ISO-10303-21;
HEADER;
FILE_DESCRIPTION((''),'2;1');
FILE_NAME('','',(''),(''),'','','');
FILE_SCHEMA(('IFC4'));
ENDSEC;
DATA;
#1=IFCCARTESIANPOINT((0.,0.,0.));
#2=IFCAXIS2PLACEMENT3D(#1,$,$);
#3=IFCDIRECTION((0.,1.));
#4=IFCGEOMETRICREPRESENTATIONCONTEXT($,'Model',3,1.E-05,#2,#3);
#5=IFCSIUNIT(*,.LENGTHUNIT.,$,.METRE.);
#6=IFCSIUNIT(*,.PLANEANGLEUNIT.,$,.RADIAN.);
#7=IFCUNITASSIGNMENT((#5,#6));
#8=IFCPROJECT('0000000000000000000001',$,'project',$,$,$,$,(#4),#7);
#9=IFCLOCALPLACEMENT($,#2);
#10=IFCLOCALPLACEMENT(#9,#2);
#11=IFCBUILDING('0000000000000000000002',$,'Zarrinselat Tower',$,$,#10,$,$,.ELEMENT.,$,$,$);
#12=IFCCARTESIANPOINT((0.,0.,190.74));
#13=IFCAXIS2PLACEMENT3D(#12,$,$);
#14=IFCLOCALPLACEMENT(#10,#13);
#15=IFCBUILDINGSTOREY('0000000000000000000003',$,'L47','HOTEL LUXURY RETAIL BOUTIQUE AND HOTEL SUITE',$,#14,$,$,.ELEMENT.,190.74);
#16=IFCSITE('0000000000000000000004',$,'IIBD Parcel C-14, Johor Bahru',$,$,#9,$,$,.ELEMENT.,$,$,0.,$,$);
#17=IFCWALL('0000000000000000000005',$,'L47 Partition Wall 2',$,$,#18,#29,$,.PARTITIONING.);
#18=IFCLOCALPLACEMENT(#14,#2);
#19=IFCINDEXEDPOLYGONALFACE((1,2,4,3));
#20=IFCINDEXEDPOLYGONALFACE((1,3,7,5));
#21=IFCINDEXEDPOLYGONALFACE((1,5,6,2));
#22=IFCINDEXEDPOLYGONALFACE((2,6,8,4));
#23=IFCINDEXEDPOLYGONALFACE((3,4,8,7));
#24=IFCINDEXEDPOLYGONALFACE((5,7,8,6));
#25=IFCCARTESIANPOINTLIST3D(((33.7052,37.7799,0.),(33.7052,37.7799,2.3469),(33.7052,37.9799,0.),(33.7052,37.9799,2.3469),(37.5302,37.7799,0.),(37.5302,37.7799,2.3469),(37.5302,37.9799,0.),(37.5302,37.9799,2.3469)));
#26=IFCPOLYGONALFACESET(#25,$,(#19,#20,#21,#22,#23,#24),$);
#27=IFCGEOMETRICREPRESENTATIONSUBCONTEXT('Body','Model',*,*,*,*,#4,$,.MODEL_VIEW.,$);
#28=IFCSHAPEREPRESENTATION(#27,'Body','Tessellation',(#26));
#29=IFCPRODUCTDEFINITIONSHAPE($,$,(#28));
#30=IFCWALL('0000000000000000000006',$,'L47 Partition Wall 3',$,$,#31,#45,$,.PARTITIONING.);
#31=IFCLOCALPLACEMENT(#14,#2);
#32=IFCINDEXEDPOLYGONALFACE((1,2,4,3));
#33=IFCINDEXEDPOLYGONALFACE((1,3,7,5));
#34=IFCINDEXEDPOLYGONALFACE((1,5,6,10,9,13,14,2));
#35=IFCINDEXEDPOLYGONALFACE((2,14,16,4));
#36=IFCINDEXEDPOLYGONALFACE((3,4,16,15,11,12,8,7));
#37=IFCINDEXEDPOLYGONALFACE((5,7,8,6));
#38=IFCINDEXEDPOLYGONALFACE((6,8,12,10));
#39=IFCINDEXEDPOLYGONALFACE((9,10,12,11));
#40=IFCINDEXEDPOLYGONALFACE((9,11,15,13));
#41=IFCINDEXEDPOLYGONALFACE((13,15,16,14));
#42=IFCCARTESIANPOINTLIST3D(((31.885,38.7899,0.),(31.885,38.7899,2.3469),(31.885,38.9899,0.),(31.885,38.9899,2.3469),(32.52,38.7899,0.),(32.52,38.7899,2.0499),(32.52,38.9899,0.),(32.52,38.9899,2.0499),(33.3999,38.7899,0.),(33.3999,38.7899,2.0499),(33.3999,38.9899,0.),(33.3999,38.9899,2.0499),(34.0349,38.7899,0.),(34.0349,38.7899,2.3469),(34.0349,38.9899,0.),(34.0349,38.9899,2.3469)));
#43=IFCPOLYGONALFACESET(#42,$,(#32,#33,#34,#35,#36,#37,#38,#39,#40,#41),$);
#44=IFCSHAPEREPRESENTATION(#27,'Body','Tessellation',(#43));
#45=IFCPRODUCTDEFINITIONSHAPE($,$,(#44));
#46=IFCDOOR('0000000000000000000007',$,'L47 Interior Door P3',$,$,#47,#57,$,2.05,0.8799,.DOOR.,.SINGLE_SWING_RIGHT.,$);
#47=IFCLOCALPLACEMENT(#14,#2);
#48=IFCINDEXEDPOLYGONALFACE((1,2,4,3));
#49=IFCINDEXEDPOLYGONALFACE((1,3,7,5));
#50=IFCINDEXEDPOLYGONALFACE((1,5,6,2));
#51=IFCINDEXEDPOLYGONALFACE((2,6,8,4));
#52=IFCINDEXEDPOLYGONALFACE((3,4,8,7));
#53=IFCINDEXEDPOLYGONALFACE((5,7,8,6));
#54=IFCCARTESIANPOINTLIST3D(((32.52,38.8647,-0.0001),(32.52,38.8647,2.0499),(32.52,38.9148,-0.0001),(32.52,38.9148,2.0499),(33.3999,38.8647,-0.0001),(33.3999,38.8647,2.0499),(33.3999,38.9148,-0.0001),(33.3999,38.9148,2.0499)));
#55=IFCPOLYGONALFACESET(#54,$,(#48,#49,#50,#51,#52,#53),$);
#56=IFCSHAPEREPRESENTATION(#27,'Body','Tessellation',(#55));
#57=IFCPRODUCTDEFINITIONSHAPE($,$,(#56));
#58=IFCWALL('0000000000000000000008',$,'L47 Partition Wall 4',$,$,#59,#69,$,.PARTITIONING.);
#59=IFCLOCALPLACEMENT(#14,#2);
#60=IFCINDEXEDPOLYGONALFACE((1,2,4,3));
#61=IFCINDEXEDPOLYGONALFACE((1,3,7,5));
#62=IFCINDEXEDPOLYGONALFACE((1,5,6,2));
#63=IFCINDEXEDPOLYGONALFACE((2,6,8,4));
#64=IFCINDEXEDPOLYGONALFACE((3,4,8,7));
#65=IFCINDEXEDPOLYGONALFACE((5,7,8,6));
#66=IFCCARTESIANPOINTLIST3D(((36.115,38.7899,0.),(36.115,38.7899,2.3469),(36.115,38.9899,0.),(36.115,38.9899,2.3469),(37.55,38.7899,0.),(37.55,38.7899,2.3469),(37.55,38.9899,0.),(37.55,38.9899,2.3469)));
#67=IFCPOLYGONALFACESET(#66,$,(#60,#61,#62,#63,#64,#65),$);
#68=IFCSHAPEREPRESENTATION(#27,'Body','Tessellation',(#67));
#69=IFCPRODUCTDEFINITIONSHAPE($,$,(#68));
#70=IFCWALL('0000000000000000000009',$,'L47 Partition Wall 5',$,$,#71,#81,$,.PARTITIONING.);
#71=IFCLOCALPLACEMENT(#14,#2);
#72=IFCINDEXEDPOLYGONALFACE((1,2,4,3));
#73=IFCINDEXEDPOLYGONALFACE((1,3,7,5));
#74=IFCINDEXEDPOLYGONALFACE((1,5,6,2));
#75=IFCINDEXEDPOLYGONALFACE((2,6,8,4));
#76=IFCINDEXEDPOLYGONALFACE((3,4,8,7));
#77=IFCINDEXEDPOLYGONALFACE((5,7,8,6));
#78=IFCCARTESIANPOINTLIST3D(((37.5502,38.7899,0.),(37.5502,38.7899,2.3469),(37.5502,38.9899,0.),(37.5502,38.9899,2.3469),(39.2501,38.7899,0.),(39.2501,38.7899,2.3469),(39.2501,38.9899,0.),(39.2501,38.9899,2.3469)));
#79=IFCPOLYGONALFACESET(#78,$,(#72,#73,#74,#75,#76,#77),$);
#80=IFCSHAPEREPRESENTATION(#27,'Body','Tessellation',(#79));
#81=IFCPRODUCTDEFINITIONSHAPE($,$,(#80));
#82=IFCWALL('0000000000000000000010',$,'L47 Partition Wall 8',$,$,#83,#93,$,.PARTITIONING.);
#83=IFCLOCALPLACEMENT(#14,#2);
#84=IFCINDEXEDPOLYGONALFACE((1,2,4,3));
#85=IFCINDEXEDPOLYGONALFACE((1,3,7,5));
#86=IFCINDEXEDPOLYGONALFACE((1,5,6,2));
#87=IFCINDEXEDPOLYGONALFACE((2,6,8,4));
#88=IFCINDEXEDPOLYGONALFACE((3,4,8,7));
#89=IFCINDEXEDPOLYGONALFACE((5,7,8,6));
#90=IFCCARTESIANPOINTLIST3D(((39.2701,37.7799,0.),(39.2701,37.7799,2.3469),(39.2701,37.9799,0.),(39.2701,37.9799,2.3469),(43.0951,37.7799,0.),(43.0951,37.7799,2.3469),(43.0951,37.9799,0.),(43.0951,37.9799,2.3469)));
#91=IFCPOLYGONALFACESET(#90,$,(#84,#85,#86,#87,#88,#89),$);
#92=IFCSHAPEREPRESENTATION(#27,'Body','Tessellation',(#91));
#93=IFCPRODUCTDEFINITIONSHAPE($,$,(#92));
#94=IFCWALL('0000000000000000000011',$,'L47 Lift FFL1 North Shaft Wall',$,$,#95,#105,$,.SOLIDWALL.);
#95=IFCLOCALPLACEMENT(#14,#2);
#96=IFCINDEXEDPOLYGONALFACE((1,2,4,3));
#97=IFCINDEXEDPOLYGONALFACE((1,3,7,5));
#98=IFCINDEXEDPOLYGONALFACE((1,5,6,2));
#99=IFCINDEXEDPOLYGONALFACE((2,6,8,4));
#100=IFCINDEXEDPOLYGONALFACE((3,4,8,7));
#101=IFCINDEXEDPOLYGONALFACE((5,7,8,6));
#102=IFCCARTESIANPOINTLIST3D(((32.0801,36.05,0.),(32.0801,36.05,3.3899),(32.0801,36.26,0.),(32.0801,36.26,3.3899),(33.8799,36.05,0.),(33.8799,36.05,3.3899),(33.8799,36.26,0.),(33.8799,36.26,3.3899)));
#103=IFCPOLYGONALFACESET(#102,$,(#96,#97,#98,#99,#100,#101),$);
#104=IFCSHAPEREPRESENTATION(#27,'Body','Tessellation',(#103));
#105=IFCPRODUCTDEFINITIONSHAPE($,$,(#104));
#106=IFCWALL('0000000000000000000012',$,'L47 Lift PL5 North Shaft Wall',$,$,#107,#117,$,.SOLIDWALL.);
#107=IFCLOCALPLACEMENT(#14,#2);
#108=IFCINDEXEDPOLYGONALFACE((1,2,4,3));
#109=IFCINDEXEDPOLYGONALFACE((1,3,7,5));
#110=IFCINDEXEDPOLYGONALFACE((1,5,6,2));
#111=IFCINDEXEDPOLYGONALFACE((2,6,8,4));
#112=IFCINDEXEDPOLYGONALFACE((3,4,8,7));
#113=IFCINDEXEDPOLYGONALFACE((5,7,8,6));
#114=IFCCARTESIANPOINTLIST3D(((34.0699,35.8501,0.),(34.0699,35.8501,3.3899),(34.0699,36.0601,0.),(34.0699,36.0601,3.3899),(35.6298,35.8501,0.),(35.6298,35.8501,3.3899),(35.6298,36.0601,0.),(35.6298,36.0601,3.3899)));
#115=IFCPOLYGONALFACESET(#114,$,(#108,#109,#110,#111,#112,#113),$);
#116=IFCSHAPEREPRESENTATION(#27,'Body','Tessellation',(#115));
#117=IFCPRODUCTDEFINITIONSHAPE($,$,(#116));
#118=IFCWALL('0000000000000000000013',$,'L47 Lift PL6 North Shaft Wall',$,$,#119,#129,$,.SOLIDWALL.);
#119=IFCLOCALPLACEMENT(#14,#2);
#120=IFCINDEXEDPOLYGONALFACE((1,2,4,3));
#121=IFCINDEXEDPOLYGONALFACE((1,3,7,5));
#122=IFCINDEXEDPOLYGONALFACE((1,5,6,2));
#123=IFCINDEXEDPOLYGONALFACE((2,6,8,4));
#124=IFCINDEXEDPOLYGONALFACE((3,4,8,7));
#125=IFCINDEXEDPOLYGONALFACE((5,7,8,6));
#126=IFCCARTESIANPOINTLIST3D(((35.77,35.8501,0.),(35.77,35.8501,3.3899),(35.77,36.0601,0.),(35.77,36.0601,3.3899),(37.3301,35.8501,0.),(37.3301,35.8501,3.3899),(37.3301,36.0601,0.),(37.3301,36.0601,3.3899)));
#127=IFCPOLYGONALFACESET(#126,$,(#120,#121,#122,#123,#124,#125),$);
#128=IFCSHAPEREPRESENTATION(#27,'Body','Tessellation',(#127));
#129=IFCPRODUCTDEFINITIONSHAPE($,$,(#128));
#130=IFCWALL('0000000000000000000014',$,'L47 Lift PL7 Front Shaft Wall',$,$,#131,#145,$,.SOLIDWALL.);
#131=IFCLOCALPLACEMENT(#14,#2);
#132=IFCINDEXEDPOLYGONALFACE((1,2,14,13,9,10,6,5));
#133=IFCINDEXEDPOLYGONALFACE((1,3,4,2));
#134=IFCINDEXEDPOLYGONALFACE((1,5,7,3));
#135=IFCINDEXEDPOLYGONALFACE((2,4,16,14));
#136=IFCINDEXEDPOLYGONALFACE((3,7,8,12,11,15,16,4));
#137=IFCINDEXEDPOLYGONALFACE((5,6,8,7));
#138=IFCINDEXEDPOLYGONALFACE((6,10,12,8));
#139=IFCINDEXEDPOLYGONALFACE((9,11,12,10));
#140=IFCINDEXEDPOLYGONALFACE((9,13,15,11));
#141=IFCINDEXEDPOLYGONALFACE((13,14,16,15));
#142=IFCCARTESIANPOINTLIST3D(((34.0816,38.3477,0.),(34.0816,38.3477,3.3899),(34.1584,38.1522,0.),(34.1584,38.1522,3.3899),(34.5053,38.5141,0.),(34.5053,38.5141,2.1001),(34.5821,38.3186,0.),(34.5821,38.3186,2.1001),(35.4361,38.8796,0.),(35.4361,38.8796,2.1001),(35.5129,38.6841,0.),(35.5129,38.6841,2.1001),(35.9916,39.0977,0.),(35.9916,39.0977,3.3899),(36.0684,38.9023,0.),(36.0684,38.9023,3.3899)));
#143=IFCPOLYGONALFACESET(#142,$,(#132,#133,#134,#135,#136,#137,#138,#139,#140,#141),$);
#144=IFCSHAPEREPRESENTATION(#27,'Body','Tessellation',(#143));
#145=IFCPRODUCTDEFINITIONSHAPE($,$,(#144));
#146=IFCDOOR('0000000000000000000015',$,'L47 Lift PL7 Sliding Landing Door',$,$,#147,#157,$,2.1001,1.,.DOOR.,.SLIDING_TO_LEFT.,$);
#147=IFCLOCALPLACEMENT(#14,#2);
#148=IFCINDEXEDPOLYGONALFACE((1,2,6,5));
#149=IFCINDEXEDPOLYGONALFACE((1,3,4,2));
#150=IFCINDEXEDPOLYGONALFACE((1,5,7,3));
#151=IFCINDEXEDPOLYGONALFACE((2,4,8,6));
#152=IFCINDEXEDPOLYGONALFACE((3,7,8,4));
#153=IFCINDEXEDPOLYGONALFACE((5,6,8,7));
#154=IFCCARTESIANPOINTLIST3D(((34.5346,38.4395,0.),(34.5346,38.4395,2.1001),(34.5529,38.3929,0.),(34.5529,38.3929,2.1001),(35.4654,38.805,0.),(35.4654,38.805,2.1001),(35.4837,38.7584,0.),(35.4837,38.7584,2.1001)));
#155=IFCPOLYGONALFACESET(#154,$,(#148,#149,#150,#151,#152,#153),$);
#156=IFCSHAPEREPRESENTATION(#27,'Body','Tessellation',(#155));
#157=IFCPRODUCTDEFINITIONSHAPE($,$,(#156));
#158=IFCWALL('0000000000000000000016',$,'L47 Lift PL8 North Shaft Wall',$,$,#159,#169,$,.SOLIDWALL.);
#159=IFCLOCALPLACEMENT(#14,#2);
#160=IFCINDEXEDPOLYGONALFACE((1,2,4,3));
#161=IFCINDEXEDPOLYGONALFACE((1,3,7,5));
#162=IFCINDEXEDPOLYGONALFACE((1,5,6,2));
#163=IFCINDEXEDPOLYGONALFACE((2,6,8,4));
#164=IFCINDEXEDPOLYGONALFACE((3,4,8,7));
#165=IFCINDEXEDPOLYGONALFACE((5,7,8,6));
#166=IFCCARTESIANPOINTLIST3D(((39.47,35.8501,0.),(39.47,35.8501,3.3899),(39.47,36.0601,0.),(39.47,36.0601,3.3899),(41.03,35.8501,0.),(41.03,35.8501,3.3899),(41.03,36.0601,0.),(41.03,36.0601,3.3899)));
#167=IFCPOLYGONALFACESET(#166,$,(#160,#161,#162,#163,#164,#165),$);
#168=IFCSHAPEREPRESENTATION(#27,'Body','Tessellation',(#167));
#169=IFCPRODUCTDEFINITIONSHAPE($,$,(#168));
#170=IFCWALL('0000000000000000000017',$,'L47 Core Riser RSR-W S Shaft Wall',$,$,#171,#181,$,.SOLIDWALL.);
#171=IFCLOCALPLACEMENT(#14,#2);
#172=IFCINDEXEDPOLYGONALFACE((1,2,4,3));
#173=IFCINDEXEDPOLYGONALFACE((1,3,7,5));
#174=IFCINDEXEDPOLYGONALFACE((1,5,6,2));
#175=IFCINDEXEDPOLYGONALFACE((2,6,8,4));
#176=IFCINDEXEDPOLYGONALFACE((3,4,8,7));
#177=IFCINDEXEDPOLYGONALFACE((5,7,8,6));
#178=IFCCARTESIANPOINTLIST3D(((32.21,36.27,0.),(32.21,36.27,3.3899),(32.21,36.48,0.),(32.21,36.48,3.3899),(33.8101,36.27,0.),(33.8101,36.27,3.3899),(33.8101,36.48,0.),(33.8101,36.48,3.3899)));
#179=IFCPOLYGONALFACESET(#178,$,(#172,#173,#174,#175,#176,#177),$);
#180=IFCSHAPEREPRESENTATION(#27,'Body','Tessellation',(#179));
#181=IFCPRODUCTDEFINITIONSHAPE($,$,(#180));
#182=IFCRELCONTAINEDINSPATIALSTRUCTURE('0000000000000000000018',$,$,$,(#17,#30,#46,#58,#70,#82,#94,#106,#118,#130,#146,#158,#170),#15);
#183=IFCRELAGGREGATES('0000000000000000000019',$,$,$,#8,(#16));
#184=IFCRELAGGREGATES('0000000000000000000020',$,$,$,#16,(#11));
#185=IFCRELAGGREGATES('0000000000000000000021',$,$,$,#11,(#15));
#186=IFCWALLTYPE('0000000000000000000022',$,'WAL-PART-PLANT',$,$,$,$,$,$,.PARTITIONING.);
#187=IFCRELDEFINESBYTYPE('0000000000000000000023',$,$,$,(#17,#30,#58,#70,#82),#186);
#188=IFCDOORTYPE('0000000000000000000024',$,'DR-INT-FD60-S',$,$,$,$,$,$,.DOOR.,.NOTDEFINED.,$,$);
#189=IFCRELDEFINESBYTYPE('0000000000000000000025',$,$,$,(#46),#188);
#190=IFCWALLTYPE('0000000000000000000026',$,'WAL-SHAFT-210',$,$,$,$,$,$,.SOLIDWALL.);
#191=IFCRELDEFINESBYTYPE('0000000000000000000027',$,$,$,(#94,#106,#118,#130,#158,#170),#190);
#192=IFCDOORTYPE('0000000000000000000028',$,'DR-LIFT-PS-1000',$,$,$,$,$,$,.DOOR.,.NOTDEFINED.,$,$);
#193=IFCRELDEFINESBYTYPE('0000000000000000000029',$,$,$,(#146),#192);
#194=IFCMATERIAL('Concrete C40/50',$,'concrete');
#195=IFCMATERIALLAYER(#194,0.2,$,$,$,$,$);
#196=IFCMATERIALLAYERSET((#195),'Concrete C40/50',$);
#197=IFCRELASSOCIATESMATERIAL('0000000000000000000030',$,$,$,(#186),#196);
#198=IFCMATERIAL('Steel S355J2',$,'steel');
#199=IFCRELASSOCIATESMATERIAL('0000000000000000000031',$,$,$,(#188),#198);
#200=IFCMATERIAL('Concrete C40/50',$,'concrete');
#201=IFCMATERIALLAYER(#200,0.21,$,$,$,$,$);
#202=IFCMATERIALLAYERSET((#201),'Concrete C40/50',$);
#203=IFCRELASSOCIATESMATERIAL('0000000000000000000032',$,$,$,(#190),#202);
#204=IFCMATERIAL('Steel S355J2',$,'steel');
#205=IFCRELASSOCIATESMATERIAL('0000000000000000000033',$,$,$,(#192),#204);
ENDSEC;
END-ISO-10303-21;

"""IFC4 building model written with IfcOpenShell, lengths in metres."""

from ifc_helpers import new_model, si_unit, direction, frame, frame_2d, origin, place, context, subcontext, project, spatial, rectangle, extrude, material, layer, layer_set, type_object, element, fill, save


model = new_model("IFC4")

# Units and contexts
model_context = context("Model", 3, precision=1e-05, world=origin(), true_north=direction((0.0, 1.0)))
body_context = subcontext(model_context, "Body", "Model", "MODEL_VIEW")
ifc_project = project(units=[si_unit("LENGTHUNIT", "METRE"), si_unit("PLANEANGLEUNIT", "RADIAN")], contexts=[model_context])

# Site, building, storey
site_placement = place(None, origin())
site = spatial("IfcSite", under=ifc_project, at=site_placement, Name="IIBD Parcel C-14, Johor Bahru", CompositionType="ELEMENT", RefElevation=0.0)
building_placement = place(site_placement, origin())
building = spatial("IfcBuilding", under=site, at=building_placement, Name="Zarrinselat Tower", CompositionType="ELEMENT")
storey_placement = place(building_placement, frame((0.0, 0.0, 190.74)))
storey = spatial("IfcBuildingStorey", under=building, at=storey_placement, Name="L47", Description="HOTEL LUXURY RETAIL BOUTIQUE AND HOTEL SUITE", CompositionType="ELEMENT", Elevation=190.74)

# Wall
ifc_material_1 = material(Name="Concrete C40/50", Category="concrete")
ifc_layer_1 = layer(ifc_material_1, 0.2)
ifc_layer_set_1 = layer_set([ifc_layer_1], Name="Concrete C40/50")
wall_type_1 = type_object("IfcWallType", Name="WAL-PART-PLANT", PredefinedType="PARTITIONING", material=ifc_layer_set_1)
wall_1_placement = place(storey_placement, frame((33.7051, 37.8799, 0.0), z_axis=(0.0, 0.0, 1.0), x_axis=(1.0, 0.0, 0.0)))
element("IfcWall", 1, at=wall_1_placement, inside=storey, type_object=wall_type_1, Name="L47 Partition Wall 2", PredefinedType="PARTITIONING", context=body_context, shape_type="SweptSolid", body=[
    extrude(rectangle(XDim=3.825, YDim=0.2, at=frame_2d((1.9126, 0.0))), origin(), (0.0, 0.0, 1.0), 2.3469),
])

# Wall, opening, door
wall_2_placement = place(storey_placement, frame((31.885, 38.8899, 0.0), z_axis=(0.0, 0.0, 1.0), x_axis=(1.0, 0.0, 0.0)))
wall_2 = element("IfcWall", 2, at=wall_2_placement, inside=storey, type_object=wall_type_1, Name="L47 Partition Wall 3", PredefinedType="PARTITIONING", context=body_context, shape_type="SweptSolid", body=[
    extrude(rectangle(XDim=2.1499, YDim=0.2, at=frame_2d((1.075, 0.0))), origin(), (0.0, 0.0, 1.0), 2.3469),
])
opening_1_placement = place(wall_2_placement, frame((0.635, 0.0, 0.0)))
opening_1 = element("IfcOpeningElement", 3, at=opening_1_placement, cuts=wall_2, PredefinedType="OPENING", context=body_context, shape_type="SweptSolid", body=[
    extrude(rectangle(XDim=0.8799, YDim=2.05, at=frame_2d((0.4399, 1.0249))), frame((0.0, 0.1099, 0.0), z_axis=(0.0, -1.0, 0.0), x_axis=(1.0, 0.0, 0.0)), (0.0, 0.0, 1.0), 0.22),
])
ifc_material_2 = material(Name="Steel S355J2", Category="steel")
door_type_1 = type_object("IfcDoorType", Name="DR-INT-FD60-S", OperationType="NOTDEFINED", PredefinedType="DOOR", material=ifc_material_2)
door_1_placement = place(opening_1_placement, origin())
door_1 = element("IfcDoor", 4, at=door_1_placement, inside=storey, type_object=door_type_1, Name="L47 Interior Door P3", OperationType="SINGLE_SWING_RIGHT", OverallHeight=2.05, OverallWidth=0.8799, PredefinedType="DOOR", context=body_context, shape_type="SweptSolid", body=[
    extrude(rectangle(XDim=0.8799, YDim=2.05, at=frame_2d((0.4399, 1.0249))), frame((0.0, 0.0249, 0.0), z_axis=(0.0, -1.0, 0.0), x_axis=(1.0, 0.0, 0.0)), (0.0, 0.0, 1.0), 0.05),
])
fill(opening_1, door_1)

# Walls
wall_3_placement = place(storey_placement, frame((36.115, 38.8899, 0.0), z_axis=(0.0, 0.0, 1.0), x_axis=(1.0, 0.0, 0.0)))
element("IfcWall", 5, at=wall_3_placement, inside=storey, type_object=wall_type_1, Name="L47 Partition Wall 4", PredefinedType="PARTITIONING", context=body_context, shape_type="SweptSolid", body=[
    extrude(rectangle(XDim=1.4351, YDim=0.2, at=frame_2d((0.7175, 0.0))), origin(), (0.0, 0.0, 1.0), 2.3469),
])
wall_4_placement = place(storey_placement, frame((37.55, 38.8899, 0.0), z_axis=(0.0, 0.0, 1.0), x_axis=(1.0, 0.0, 0.0)))
element("IfcWall", 6, at=wall_4_placement, inside=storey, type_object=wall_type_1, Name="L47 Partition Wall 5", PredefinedType="PARTITIONING", context=body_context, shape_type="SweptSolid", body=[
    extrude(rectangle(XDim=1.7, YDim=0.2, at=frame_2d((0.8501, 0.0))), origin(), (0.0, 0.0, 1.0), 2.3469),
])
wall_5_placement = place(storey_placement, frame((39.27, 37.8799, 0.0), z_axis=(0.0, 0.0, 1.0), x_axis=(1.0, 0.0, 0.0)))
element("IfcWall", 7, at=wall_5_placement, inside=storey, type_object=wall_type_1, Name="L47 Partition Wall 8", PredefinedType="PARTITIONING", context=body_context, shape_type="SweptSolid", body=[
    extrude(rectangle(XDim=3.825, YDim=0.2, at=frame_2d((1.9126, 0.0))), origin(), (0.0, 0.0, 1.0), 2.3469),
])
ifc_material_3 = material(Name="Concrete C40/50", Category="concrete")
ifc_layer_2 = layer(ifc_material_3, 0.21)
ifc_layer_set_2 = layer_set([ifc_layer_2], Name="Concrete C40/50")
wall_type_2 = type_object("IfcWallType", Name="WAL-SHAFT-210", PredefinedType="SOLIDWALL", material=ifc_layer_set_2)
wall_6_placement = place(storey_placement, frame((32.0801, 36.155, 0.0), z_axis=(0.0, 0.0, 1.0), x_axis=(1.0, 0.0, 0.0)))
element("IfcWall", 8, at=wall_6_placement, inside=storey, type_object=wall_type_2, Name="L47 Lift FFL1 North Shaft Wall", PredefinedType="SOLIDWALL", context=body_context, shape_type="SweptSolid", body=[
    extrude(rectangle(XDim=1.7998, YDim=0.21, at=frame_2d((0.8999, 0.0))), origin(), (0.0, 0.0, 1.0), 3.3899),
])
wall_7_placement = place(storey_placement, frame((34.0701, 35.9551, 0.0), z_axis=(0.0, 0.0, 1.0), x_axis=(1.0, 0.0, 0.0)))
element("IfcWall", 9, at=wall_7_placement, inside=storey, type_object=wall_type_2, Name="L47 Lift PL5 North Shaft Wall", PredefinedType="SOLIDWALL", context=body_context, shape_type="SweptSolid", body=[
    extrude(rectangle(XDim=1.5598, YDim=0.21, at=frame_2d((0.7798, 0.0))), origin(), (0.0, 0.0, 1.0), 3.3899),
])
wall_8_placement = place(storey_placement, frame((35.77, 35.9551, 0.0), z_axis=(0.0, 0.0, 1.0), x_axis=(1.0, 0.0, 0.0)))
element("IfcWall", 10, at=wall_8_placement, inside=storey, type_object=wall_type_2, Name="L47 Lift PL6 North Shaft Wall", PredefinedType="SOLIDWALL", context=body_context, shape_type="SweptSolid", body=[
    extrude(rectangle(XDim=1.5601, YDim=0.21, at=frame_2d((0.78, 0.0))), origin(), (0.0, 0.0, 1.0), 3.3899),
])

# Wall, opening, door
wall_9_placement = place(storey_placement, frame((34.1201, 38.25, 0.0), z_axis=(0.0, 0.0, 1.0), x_axis=(0.930805, 0.365516, 0.0)))
wall_9 = element("IfcWall", 11, at=wall_9_placement, inside=storey, type_object=wall_type_2, Name="L47 Lift PL7 Front Shaft Wall", PredefinedType="SOLIDWALL", context=body_context, shape_type="SweptSolid", body=[
    extrude(rectangle(XDim=2.052, YDim=0.21, at=frame_2d((1.0259, 0.0))), origin(), (0.0, 0.0, 1.0), 3.3899),
])
opening_2_placement = place(wall_9_placement, frame((0.4551, 0.0, 0.0)))
opening_2 = element("IfcOpeningElement", 12, at=opening_2_placement, cuts=wall_9, PredefinedType="OPENING", context=body_context, shape_type="SweptSolid", body=[
    extrude(rectangle(XDim=1.0, YDim=2.1001, at=frame_2d((0.5, 1.05))), frame((0.0, 0.115, 0.0), z_axis=(0.0, -1.0, 0.0), x_axis=(1.0, 0.0, 0.0)), (0.0, 0.0, 1.0), 0.23),
])
ifc_material_4 = material(Name="Steel S355J2", Category="steel")
door_type_2 = type_object("IfcDoorType", Name="DR-LIFT-PS-1000", OperationType="NOTDEFINED", PredefinedType="DOOR", material=ifc_material_4)
door_2_placement = place(opening_2_placement, origin())
door_2 = element("IfcDoor", 13, at=door_2_placement, inside=storey, type_object=door_type_2, Name="L47 Lift PL7 Sliding Landing Door", OperationType="SLIDING_TO_LEFT", OverallHeight=2.1001, OverallWidth=1.0, PredefinedType="DOOR", context=body_context, shape_type="SweptSolid", body=[
    extrude(rectangle(XDim=1.0, YDim=2.1001, at=frame_2d((0.5, 1.05))), frame((0.0, 0.0249, 0.0), z_axis=(0.0, -1.0, 0.0), x_axis=(1.0, 0.0, 0.0)), (0.0, 0.0, 1.0), 0.05),
])
fill(opening_2, door_2)

# Walls
wall_10_placement = place(storey_placement, frame((39.47, 35.9551, 0.0), z_axis=(0.0, 0.0, 1.0), x_axis=(1.0, 0.0, 0.0)))
element("IfcWall", 14, at=wall_10_placement, inside=storey, type_object=wall_type_2, Name="L47 Lift PL8 North Shaft Wall", PredefinedType="SOLIDWALL", context=body_context, shape_type="SweptSolid", body=[
    extrude(rectangle(XDim=1.5601, YDim=0.21, at=frame_2d((0.78, 0.0))), origin(), (0.0, 0.0, 1.0), 3.3899),
])
for number, where, z_axis, x_axis, name in (
    (15, (32.21, 36.375, 0.0), (0.0, 0.0, 1.0), (1.0, 0.0, 0.0), "L47 Core Riser RSR-W S Shaft Wall"),
):
    element("IfcWall", number, at=place(storey_placement, frame(where, z_axis=z_axis, x_axis=x_axis)), inside=storey, type_object=wall_type_2, Name=name, PredefinedType="SOLIDWALL", context=body_context, shape_type="SweptSolid", body=[
        extrude(rectangle(XDim=1.6001, YDim=0.21, at=frame_2d((0.8, 0.0))), origin(), (0.0, 0.0, 1.0), 3.3899),
    ])

save(model, "model.ifc")
